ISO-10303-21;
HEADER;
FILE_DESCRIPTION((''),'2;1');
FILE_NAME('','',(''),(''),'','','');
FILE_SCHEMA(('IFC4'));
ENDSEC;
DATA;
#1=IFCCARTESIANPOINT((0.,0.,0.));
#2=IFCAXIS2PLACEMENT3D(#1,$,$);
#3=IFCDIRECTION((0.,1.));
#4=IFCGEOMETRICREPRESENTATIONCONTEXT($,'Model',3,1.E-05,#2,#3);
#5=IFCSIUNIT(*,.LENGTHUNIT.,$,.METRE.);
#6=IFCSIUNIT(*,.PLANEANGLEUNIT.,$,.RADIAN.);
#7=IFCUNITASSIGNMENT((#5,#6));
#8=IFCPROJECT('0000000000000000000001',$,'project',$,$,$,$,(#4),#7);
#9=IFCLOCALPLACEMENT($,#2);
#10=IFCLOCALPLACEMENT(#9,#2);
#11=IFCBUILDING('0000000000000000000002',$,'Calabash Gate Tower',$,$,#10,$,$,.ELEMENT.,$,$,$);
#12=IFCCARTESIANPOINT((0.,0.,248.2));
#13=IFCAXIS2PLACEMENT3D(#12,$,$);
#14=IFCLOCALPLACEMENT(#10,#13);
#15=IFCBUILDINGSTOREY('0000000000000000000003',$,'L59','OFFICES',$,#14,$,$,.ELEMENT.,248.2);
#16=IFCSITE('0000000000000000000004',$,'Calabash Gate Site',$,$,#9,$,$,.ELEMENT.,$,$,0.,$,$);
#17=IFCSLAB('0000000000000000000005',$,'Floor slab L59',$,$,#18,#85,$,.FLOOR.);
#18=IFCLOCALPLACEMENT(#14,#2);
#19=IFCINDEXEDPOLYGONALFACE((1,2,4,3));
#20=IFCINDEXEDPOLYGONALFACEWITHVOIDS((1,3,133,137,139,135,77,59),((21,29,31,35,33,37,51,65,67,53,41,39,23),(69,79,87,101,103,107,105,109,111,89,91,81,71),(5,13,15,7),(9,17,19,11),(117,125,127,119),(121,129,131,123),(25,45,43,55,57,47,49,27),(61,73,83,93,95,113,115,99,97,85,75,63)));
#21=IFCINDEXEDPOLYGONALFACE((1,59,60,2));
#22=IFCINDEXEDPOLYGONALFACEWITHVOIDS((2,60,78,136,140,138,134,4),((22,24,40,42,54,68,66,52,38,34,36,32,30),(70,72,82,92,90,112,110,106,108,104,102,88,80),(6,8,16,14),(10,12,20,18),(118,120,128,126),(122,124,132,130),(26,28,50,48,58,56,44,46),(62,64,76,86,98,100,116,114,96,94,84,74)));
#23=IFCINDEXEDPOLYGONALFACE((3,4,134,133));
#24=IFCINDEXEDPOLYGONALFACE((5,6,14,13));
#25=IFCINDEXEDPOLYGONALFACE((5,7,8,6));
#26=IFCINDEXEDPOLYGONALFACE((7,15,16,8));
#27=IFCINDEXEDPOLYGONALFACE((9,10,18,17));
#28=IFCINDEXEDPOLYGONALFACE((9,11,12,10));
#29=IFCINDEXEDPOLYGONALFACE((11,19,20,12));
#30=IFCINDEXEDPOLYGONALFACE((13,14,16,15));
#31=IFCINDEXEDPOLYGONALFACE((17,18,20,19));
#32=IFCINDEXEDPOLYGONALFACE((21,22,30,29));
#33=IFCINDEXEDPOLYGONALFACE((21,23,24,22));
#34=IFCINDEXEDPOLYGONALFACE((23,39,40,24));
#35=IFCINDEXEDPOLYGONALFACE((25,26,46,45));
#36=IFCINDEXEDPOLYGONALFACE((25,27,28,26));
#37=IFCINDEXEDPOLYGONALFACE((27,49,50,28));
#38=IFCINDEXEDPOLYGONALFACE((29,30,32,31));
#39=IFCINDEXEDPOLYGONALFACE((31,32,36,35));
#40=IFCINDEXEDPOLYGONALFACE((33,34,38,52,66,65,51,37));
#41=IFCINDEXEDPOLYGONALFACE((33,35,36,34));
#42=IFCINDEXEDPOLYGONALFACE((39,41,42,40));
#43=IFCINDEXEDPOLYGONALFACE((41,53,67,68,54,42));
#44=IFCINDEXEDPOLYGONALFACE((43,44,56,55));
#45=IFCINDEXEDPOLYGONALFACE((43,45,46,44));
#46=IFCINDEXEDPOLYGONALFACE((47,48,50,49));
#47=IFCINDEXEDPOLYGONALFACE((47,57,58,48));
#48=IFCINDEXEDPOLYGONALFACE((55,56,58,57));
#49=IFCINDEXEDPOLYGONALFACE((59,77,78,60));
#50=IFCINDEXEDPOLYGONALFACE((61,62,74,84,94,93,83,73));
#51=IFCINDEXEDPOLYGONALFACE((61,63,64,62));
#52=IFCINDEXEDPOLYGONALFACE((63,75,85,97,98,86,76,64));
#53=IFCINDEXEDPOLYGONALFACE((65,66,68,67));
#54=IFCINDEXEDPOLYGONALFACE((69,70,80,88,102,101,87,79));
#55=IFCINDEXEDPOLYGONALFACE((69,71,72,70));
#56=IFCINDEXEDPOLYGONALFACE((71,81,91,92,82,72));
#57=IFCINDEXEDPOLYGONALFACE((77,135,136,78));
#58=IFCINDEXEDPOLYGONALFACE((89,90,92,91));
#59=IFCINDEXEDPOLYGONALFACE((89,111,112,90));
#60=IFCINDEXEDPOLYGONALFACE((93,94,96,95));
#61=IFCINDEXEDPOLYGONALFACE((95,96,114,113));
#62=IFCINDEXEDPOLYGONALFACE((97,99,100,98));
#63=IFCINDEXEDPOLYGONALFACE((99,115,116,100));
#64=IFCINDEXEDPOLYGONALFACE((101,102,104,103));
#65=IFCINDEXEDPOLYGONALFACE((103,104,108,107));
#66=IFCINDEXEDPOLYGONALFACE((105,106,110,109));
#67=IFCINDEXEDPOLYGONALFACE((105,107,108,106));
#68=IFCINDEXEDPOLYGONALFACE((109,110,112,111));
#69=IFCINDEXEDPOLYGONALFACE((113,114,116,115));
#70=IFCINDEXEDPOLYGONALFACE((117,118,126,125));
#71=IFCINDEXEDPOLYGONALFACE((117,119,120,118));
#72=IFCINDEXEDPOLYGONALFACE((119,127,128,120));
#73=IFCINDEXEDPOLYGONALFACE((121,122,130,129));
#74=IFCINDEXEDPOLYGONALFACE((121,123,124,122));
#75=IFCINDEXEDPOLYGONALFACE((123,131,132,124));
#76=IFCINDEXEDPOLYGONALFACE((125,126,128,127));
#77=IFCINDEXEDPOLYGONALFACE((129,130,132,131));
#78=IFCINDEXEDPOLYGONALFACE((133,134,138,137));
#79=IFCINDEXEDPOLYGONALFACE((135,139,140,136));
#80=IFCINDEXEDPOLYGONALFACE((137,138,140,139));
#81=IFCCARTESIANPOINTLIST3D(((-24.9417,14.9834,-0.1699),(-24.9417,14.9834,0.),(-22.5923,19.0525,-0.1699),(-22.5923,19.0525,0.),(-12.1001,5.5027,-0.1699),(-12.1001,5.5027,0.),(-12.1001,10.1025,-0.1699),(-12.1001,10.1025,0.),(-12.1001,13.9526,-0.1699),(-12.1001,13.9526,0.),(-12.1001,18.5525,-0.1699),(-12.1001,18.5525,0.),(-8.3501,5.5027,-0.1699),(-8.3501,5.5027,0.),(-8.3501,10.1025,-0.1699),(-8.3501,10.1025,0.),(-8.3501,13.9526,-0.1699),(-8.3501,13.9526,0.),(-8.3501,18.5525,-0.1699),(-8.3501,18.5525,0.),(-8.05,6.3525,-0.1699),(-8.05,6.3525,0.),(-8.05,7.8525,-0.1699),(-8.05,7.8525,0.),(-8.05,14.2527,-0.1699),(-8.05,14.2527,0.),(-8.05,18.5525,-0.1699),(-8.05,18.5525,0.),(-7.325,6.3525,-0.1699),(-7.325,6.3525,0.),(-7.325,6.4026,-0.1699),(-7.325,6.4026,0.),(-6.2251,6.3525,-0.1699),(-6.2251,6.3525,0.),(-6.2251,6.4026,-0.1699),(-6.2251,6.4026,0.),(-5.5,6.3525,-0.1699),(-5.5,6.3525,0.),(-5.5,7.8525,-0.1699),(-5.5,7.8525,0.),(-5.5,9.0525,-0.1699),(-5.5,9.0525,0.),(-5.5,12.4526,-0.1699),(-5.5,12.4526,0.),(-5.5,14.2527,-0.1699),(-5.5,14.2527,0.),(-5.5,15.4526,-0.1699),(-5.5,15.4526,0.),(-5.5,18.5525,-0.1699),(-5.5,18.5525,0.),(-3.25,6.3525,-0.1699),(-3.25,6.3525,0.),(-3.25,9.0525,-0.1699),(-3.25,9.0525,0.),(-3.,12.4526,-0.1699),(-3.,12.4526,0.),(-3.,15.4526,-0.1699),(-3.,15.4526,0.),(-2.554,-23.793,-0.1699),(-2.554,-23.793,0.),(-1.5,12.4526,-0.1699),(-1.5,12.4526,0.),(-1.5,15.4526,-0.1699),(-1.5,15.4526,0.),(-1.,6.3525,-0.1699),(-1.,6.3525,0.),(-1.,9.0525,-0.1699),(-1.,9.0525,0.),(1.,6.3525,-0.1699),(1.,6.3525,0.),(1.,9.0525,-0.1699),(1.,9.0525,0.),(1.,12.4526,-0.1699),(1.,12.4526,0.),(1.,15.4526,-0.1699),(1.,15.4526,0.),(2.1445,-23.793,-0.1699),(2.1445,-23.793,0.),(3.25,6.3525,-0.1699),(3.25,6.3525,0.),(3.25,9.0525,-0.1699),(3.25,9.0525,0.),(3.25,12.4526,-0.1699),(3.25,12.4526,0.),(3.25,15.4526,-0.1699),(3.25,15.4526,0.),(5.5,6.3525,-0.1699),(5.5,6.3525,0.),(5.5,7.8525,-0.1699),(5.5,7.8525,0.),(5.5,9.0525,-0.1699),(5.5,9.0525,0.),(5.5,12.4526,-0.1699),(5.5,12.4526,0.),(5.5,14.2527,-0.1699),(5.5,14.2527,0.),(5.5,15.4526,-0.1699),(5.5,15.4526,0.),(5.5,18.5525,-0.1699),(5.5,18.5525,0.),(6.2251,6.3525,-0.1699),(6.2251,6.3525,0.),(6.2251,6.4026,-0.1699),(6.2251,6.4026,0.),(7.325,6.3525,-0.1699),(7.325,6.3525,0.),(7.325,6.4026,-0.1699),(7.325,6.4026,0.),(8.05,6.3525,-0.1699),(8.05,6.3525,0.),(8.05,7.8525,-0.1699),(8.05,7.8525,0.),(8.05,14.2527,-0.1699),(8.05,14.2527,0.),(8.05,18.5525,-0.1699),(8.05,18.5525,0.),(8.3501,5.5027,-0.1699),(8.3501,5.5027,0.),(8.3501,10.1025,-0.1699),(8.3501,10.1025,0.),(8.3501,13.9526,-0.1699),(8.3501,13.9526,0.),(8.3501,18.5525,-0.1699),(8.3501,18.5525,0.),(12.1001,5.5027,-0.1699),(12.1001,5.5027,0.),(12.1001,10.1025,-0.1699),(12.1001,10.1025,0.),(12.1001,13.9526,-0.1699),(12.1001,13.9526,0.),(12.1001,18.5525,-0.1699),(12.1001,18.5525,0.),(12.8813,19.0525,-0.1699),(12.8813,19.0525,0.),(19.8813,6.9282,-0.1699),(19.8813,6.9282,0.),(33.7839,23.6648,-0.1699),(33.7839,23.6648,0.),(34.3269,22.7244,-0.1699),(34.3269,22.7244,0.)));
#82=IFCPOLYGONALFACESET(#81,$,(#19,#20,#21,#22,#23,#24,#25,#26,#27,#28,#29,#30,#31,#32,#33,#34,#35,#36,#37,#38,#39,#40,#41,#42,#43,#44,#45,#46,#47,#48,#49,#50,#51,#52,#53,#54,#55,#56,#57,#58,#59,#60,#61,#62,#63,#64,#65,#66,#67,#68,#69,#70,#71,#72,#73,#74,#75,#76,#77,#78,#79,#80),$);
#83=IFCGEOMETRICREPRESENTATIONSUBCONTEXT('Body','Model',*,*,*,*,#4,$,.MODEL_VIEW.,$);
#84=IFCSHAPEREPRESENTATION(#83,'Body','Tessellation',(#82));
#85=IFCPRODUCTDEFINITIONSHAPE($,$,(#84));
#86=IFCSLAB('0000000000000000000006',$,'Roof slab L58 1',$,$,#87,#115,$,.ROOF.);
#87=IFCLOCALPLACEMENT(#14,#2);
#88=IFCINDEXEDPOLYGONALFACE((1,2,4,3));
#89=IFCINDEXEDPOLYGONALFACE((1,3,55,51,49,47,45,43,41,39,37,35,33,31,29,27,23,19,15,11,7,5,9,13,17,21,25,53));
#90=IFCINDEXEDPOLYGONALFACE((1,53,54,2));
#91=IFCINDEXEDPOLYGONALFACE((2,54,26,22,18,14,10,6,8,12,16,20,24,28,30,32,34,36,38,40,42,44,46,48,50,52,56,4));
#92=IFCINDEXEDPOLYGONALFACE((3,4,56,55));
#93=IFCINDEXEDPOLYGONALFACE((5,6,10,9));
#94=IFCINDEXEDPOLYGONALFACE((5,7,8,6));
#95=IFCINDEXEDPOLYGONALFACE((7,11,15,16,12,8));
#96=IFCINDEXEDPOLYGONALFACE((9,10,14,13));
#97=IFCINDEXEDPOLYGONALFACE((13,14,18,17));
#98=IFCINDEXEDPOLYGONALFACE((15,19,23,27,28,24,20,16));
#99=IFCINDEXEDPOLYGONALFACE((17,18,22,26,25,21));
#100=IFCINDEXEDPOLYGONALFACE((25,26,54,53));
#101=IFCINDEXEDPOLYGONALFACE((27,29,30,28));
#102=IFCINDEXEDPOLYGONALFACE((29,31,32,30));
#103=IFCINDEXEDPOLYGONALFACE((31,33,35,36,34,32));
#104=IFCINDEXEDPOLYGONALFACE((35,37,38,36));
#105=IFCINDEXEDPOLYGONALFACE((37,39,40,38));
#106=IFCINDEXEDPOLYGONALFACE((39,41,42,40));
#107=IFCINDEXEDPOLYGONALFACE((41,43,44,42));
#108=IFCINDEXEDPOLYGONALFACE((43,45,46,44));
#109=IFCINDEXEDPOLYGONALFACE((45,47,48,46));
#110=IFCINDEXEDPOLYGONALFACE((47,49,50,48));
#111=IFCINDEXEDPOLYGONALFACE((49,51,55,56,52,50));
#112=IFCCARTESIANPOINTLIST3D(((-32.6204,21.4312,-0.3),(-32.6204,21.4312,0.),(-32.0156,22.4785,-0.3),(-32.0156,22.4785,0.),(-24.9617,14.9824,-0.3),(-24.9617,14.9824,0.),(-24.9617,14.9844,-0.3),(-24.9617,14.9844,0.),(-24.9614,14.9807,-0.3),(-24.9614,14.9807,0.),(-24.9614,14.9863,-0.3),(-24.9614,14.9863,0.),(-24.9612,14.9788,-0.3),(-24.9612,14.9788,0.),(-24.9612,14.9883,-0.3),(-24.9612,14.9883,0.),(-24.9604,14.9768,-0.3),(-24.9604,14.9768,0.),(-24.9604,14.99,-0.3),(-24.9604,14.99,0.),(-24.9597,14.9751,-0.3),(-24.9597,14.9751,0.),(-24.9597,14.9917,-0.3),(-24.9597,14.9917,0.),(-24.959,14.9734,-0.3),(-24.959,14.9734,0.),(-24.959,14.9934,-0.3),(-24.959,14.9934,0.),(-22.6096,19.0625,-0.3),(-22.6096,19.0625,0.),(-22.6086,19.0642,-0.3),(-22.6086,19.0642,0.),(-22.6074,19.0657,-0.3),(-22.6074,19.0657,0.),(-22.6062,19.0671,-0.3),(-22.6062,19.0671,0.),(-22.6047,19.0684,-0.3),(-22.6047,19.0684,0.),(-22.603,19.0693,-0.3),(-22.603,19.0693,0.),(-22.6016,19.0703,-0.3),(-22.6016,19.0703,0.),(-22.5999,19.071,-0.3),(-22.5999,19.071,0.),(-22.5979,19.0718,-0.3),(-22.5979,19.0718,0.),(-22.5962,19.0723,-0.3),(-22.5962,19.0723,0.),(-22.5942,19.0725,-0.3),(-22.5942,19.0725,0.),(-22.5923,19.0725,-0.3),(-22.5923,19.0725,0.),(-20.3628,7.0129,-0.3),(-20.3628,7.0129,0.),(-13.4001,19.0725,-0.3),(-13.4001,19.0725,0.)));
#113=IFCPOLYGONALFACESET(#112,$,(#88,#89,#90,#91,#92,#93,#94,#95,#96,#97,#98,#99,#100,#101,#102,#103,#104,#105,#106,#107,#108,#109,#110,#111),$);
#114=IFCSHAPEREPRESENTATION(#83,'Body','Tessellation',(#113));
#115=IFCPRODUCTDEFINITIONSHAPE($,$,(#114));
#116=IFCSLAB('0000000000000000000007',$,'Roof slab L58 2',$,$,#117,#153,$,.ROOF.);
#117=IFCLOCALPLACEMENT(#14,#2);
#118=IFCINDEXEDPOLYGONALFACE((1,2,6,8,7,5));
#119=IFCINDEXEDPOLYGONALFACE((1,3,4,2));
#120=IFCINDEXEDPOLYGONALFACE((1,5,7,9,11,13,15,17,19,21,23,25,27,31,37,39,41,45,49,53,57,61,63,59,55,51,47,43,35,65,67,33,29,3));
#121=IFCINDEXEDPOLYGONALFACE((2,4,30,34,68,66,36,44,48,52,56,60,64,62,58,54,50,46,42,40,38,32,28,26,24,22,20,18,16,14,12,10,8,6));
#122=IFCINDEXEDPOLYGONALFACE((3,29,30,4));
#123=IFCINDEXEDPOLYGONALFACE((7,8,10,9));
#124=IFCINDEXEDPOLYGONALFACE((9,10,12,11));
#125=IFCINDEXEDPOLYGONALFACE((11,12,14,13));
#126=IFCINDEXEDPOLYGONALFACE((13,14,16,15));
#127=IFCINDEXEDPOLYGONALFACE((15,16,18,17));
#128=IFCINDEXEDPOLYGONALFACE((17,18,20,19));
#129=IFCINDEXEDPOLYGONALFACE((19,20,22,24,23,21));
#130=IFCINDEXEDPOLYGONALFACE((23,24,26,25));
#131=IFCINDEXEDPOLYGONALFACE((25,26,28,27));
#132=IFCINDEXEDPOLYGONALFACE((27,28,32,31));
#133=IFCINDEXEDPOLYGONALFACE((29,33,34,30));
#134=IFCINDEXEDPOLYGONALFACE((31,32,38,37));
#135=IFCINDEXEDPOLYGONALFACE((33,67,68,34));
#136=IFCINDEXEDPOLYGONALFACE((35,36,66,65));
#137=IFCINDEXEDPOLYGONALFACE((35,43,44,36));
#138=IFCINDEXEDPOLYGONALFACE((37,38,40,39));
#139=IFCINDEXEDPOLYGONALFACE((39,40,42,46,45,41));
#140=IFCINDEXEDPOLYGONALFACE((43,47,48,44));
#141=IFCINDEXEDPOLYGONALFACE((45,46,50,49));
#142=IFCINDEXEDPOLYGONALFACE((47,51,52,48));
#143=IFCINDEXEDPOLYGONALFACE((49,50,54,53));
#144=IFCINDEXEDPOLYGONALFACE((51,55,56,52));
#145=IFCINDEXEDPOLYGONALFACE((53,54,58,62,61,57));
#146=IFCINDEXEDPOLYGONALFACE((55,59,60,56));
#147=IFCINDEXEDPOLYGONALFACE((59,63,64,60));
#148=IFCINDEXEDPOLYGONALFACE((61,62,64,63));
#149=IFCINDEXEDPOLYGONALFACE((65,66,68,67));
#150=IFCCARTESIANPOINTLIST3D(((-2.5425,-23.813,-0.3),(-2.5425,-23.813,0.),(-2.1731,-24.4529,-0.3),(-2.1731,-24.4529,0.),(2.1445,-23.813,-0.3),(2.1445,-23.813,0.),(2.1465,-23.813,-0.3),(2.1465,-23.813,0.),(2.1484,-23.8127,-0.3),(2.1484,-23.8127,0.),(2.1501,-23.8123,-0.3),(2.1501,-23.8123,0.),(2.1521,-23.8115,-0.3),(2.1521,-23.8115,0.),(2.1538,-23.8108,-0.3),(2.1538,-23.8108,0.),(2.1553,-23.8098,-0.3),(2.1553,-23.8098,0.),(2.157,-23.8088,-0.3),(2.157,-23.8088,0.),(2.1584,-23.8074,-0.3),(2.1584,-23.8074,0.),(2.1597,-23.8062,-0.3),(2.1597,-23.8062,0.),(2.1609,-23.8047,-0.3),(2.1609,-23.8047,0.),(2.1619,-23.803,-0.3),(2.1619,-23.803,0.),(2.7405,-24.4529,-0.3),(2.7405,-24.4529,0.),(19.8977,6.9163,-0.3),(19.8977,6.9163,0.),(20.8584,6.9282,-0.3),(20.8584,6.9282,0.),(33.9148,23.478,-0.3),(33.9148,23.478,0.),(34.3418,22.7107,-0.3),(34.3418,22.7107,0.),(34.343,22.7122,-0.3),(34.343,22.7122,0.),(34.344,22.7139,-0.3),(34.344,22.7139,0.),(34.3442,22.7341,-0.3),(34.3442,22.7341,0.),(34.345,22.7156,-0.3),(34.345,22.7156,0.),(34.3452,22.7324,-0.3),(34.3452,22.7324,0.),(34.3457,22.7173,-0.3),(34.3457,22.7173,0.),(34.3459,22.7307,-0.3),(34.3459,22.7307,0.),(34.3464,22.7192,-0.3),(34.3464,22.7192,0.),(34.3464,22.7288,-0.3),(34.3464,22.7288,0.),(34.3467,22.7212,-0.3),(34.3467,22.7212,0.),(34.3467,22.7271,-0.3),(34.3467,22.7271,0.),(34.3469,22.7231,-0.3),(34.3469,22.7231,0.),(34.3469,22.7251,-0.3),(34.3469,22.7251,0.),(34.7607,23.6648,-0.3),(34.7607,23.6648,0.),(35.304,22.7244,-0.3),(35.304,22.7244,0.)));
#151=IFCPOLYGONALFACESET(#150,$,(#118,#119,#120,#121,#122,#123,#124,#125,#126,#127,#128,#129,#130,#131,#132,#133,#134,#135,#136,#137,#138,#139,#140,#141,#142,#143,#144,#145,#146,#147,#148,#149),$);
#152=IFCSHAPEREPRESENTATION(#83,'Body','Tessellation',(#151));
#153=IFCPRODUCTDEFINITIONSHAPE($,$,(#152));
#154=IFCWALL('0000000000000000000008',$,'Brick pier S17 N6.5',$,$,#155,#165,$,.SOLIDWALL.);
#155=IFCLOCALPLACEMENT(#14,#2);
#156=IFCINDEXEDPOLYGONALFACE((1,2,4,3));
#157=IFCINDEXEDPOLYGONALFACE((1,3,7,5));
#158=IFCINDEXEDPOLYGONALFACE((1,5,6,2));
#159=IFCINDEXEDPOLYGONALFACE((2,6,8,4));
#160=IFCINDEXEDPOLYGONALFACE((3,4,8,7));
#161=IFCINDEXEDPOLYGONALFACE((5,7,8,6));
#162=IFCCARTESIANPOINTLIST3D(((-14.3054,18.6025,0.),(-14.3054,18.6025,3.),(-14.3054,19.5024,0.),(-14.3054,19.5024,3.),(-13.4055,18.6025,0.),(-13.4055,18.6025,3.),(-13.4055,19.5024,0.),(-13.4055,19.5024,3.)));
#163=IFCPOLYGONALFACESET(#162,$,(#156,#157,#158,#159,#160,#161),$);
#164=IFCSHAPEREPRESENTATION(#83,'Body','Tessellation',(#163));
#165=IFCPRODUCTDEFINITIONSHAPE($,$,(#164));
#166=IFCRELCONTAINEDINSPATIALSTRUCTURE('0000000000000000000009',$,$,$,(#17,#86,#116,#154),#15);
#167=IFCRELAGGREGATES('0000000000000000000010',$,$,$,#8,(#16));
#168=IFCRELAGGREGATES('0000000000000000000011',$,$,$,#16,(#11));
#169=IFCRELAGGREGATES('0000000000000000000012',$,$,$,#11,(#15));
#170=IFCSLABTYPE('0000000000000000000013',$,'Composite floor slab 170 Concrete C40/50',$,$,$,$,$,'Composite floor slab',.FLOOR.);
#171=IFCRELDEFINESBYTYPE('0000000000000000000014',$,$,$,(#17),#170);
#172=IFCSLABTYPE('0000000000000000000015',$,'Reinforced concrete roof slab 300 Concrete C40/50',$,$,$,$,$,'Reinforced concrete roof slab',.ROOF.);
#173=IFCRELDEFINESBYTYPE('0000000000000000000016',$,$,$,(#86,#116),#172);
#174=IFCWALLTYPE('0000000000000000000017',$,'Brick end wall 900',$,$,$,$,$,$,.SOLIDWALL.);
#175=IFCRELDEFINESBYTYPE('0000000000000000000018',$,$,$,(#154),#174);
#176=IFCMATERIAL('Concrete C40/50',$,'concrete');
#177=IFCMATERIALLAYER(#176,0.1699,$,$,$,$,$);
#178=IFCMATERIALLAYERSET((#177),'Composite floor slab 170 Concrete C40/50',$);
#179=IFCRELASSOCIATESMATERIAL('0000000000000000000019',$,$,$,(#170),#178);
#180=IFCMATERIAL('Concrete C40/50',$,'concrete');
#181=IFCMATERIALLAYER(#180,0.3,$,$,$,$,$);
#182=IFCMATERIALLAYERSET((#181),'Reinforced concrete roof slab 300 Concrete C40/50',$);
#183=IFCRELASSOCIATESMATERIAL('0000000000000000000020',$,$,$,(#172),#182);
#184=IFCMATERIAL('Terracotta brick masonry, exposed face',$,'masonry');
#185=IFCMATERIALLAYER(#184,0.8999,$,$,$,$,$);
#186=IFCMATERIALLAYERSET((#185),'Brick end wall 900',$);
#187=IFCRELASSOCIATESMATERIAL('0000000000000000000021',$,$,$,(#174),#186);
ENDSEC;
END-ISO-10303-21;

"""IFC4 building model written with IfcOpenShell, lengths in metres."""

from ifc_helpers import new_model, si_unit, direction, frame, origin, place, context, subcontext, project, spatial, polyline, outline, extrude, material, layer, layer_set, type_object, element, save


model = new_model("IFC4")

# Units and contexts
model_context = context("Model", 3, precision=1e-05, world=origin(), true_north=direction((0.0, 1.0)))
body_context = subcontext(model_context, "Body", "Model", "MODEL_VIEW")
ifc_project = project(units=[si_unit("LENGTHUNIT", "METRE"), si_unit("PLANEANGLEUNIT", "RADIAN")], contexts=[model_context])

# Site, building, storey
site_placement = place(None, origin())
site = spatial("IfcSite", under=ifc_project, at=site_placement, Name="Calabash Gate Site", CompositionType="ELEMENT", RefElevation=0.0)
building_placement = place(site_placement, origin())
building = spatial("IfcBuilding", under=site, at=building_placement, Name="Calabash Gate Tower", CompositionType="ELEMENT")
storey_placement = place(building_placement, frame((0.0, 0.0, 248.2)))
storey = spatial("IfcBuildingStorey", under=building, at=storey_placement, Name="L59", Description="OFFICES", CompositionType="ELEMENT", Elevation=248.2)

# Slabs
ifc_material_1 = material(Name="Concrete C40/50", Category="concrete")
ifc_layer_1 = layer(ifc_material_1, 0.1699)
ifc_layer_set_1 = layer_set([ifc_layer_1], Name="Composite floor slab 170 Concrete C40/50")
slab_type_1 = type_object("IfcSlabType", Name="Composite floor slab 170 Concrete C40/50", ElementType="Composite floor slab", PredefinedType="FLOOR", material=ifc_layer_set_1)
slab_1_placement = place(storey_placement, frame((0.0, 0.0, -0.1699)))
element("IfcSlab", 1, at=slab_1_placement, inside=storey, type_object=slab_type_1, Name="Floor slab L59", PredefinedType="FLOOR", context=body_context, shape_type="SweptSolid", body=[
    extrude(outline(polyline([(-24.9417, 14.9834), (-22.5923, 19.0525), (12.8813, 19.0525), (33.7839, 23.6648), (34.3269, 22.7244), (19.8813, 6.9282), (2.1445, -23.793), (-2.554, -23.793), (-24.9417, 14.9834)]), holes=[polyline([(-1.0, 9.0525), (-3.25, 9.0525), (-5.5, 9.0525), (-5.5, 7.8525), (-8.05, 7.8525), (-8.05, 6.3525), (-7.325, 6.3525), (-7.325, 6.4026), (-6.2251, 6.4026), (-6.2251, 6.3525), (-5.5, 6.3525), (-3.25, 6.3525), (-1.0, 6.3525), (-1.0, 9.0525)]), polyline([(3.25, 6.3525), (5.5, 6.3525), (6.2251, 6.3525), (6.2251, 6.4026), (7.325, 6.4026), (7.325, 6.3525), (8.05, 6.3525), (8.05, 7.8525), (5.5, 7.8525), (5.5, 9.0525), (3.25, 9.0525), (1.0, 9.0525), (1.0, 6.3525), (3.25, 6.3525)]), polyline([(-5.5, 14.2527), (-5.5, 12.4526), (-3.0, 12.4526), (-3.0, 15.4526), (-5.5, 15.4526), (-5.5, 18.5525), (-8.05, 18.5525), (-8.05, 14.2527), (-5.5, 14.2527)]), polyline([(1.0, 15.4526), (-1.5, 15.4526), (-1.5, 12.4526), (1.0, 12.4526), (3.25, 12.4526), (5.5, 12.4526), (5.5, 14.2527), (8.05, 14.2527), (8.05, 18.5525), (5.5, 18.5525), (5.5, 15.4526), (3.25, 15.4526), (1.0, 15.4526)]), polyline([(-8.3501, 18.5525), (-12.1001, 18.5525), (-12.1001, 13.9526), (-8.3501, 13.9526), (-8.3501, 18.5525)]), polyline([(-12.1001, 10.1025), (-12.1001, 5.5027), (-8.3501, 5.5027), (-8.3501, 10.1025), (-12.1001, 10.1025)]), polyline([(8.3501, 13.9526), (12.1001, 13.9526), (12.1001, 18.5525), (8.3501, 18.5525), (8.3501, 13.9526)]), polyline([(12.1001, 5.5027), (12.1001, 10.1025), (8.3501, 10.1025), (8.3501, 5.5027), (12.1001, 5.5027)])]), origin(), (0.0, 0.0, 1.0), 0.1699),
])
ifc_material_2 = material(Name="Concrete C40/50", Category="concrete")
ifc_layer_2 = layer(ifc_material_2, 0.3)
ifc_layer_set_2 = layer_set([ifc_layer_2], Name="Reinforced concrete roof slab 300 Concrete C40/50")
slab_type_2 = type_object("IfcSlabType", Name="Reinforced concrete roof slab 300 Concrete C40/50", ElementType="Reinforced concrete roof slab", PredefinedType="ROOF", material=ifc_layer_set_2)
slab_2_placement = place(storey_placement, frame((0.0, 0.0, -0.3)))
element("IfcSlab", 2, at=slab_2_placement, inside=storey, type_object=slab_type_2, Name="Roof slab L58 1", PredefinedType="ROOF", context=body_context, shape_type="SweptSolid", body=[
    extrude(outline(polyline([(-32.6204, 21.4312), (-32.0156, 22.4785), (-13.4001, 19.0725), (-22.5923, 19.0725), (-22.5942, 19.0725), (-22.5962, 19.0723), (-22.5979, 19.0718), (-22.5999, 19.071), (-22.6016, 19.0703), (-22.603, 19.0693), (-22.6047, 19.0684), (-22.6062, 19.0671), (-22.6074, 19.0657), (-22.6086, 19.0642), (-22.6096, 19.0625), (-24.959, 14.9934), (-24.9597, 14.9917), (-24.9604, 14.99), (-24.9612, 14.9883), (-24.9614, 14.9863), (-24.9617, 14.9844), (-24.9617, 14.9824), (-24.9614, 14.9807), (-24.9612, 14.9788), (-24.9604, 14.9768), (-24.9597, 14.9751), (-24.959, 14.9734), (-20.3628, 7.0129), (-32.6204, 21.4312)])), origin(), (0.0, 0.0, 1.0), 0.3),
])
slab_3_placement = place(storey_placement, frame((0.0, 0.0, -0.3)))
element("IfcSlab", 3, at=slab_3_placement, inside=storey, type_object=slab_type_2, Name="Roof slab L58 2", PredefinedType="ROOF", context=body_context, shape_type="SweptSolid", body=[
    extrude(outline(polyline([(34.7607, 23.6648), (35.304, 22.7244), (20.8584, 6.9282), (2.7405, -24.4529), (-2.1731, -24.4529), (-2.5425, -23.813), (2.1445, -23.813), (2.1465, -23.813), (2.1484, -23.8127), (2.1501, -23.8123), (2.1521, -23.8115), (2.1538, -23.8108), (2.1553, -23.8098), (2.157, -23.8088), (2.1584, -23.8074), (2.1597, -23.8062), (2.1609, -23.8047), (2.1619, -23.803), (19.8977, 6.9163), (34.3418, 22.7107), (34.343, 22.7122), (34.344, 22.7139), (34.345, 22.7156), (34.3457, 22.7173), (34.3464, 22.7192), (34.3467, 22.7212), (34.3469, 22.7231), (34.3469, 22.7251), (34.3467, 22.7271), (34.3464, 22.7288), (34.3459, 22.7307), (34.3452, 22.7324), (34.3442, 22.7341), (33.9148, 23.478), (34.7607, 23.6648)])), origin(), (0.0, 0.0, 1.0), 0.3),
])

# Wall
ifc_material_3 = material(Name="Terracotta brick masonry, exposed face", Category="masonry")
ifc_layer_3 = layer(ifc_material_3, 0.8999)
ifc_layer_set_3 = layer_set([ifc_layer_3], Name="Brick end wall 900")
wall_type_1 = type_object("IfcWallType", Name="Brick end wall 900", PredefinedType="SOLIDWALL", material=ifc_layer_set_3)
wall_1_placement = place(storey_placement, origin())
element("IfcWall", 4, at=wall_1_placement, inside=storey, type_object=wall_type_1, Name="Brick pier S17 N6.5", PredefinedType="SOLIDWALL", context=body_context, shape_type="SweptSolid", body=[
    extrude(outline(polyline([(-13.4055, 19.5024), (-14.3054, 19.5024), (-14.3054, 18.6025), (-13.4055, 18.6025), (-13.4055, 19.5024)])), origin(), (0.0, 0.0, 1.0), 3.0),
])

save(model, "model.ifc")
